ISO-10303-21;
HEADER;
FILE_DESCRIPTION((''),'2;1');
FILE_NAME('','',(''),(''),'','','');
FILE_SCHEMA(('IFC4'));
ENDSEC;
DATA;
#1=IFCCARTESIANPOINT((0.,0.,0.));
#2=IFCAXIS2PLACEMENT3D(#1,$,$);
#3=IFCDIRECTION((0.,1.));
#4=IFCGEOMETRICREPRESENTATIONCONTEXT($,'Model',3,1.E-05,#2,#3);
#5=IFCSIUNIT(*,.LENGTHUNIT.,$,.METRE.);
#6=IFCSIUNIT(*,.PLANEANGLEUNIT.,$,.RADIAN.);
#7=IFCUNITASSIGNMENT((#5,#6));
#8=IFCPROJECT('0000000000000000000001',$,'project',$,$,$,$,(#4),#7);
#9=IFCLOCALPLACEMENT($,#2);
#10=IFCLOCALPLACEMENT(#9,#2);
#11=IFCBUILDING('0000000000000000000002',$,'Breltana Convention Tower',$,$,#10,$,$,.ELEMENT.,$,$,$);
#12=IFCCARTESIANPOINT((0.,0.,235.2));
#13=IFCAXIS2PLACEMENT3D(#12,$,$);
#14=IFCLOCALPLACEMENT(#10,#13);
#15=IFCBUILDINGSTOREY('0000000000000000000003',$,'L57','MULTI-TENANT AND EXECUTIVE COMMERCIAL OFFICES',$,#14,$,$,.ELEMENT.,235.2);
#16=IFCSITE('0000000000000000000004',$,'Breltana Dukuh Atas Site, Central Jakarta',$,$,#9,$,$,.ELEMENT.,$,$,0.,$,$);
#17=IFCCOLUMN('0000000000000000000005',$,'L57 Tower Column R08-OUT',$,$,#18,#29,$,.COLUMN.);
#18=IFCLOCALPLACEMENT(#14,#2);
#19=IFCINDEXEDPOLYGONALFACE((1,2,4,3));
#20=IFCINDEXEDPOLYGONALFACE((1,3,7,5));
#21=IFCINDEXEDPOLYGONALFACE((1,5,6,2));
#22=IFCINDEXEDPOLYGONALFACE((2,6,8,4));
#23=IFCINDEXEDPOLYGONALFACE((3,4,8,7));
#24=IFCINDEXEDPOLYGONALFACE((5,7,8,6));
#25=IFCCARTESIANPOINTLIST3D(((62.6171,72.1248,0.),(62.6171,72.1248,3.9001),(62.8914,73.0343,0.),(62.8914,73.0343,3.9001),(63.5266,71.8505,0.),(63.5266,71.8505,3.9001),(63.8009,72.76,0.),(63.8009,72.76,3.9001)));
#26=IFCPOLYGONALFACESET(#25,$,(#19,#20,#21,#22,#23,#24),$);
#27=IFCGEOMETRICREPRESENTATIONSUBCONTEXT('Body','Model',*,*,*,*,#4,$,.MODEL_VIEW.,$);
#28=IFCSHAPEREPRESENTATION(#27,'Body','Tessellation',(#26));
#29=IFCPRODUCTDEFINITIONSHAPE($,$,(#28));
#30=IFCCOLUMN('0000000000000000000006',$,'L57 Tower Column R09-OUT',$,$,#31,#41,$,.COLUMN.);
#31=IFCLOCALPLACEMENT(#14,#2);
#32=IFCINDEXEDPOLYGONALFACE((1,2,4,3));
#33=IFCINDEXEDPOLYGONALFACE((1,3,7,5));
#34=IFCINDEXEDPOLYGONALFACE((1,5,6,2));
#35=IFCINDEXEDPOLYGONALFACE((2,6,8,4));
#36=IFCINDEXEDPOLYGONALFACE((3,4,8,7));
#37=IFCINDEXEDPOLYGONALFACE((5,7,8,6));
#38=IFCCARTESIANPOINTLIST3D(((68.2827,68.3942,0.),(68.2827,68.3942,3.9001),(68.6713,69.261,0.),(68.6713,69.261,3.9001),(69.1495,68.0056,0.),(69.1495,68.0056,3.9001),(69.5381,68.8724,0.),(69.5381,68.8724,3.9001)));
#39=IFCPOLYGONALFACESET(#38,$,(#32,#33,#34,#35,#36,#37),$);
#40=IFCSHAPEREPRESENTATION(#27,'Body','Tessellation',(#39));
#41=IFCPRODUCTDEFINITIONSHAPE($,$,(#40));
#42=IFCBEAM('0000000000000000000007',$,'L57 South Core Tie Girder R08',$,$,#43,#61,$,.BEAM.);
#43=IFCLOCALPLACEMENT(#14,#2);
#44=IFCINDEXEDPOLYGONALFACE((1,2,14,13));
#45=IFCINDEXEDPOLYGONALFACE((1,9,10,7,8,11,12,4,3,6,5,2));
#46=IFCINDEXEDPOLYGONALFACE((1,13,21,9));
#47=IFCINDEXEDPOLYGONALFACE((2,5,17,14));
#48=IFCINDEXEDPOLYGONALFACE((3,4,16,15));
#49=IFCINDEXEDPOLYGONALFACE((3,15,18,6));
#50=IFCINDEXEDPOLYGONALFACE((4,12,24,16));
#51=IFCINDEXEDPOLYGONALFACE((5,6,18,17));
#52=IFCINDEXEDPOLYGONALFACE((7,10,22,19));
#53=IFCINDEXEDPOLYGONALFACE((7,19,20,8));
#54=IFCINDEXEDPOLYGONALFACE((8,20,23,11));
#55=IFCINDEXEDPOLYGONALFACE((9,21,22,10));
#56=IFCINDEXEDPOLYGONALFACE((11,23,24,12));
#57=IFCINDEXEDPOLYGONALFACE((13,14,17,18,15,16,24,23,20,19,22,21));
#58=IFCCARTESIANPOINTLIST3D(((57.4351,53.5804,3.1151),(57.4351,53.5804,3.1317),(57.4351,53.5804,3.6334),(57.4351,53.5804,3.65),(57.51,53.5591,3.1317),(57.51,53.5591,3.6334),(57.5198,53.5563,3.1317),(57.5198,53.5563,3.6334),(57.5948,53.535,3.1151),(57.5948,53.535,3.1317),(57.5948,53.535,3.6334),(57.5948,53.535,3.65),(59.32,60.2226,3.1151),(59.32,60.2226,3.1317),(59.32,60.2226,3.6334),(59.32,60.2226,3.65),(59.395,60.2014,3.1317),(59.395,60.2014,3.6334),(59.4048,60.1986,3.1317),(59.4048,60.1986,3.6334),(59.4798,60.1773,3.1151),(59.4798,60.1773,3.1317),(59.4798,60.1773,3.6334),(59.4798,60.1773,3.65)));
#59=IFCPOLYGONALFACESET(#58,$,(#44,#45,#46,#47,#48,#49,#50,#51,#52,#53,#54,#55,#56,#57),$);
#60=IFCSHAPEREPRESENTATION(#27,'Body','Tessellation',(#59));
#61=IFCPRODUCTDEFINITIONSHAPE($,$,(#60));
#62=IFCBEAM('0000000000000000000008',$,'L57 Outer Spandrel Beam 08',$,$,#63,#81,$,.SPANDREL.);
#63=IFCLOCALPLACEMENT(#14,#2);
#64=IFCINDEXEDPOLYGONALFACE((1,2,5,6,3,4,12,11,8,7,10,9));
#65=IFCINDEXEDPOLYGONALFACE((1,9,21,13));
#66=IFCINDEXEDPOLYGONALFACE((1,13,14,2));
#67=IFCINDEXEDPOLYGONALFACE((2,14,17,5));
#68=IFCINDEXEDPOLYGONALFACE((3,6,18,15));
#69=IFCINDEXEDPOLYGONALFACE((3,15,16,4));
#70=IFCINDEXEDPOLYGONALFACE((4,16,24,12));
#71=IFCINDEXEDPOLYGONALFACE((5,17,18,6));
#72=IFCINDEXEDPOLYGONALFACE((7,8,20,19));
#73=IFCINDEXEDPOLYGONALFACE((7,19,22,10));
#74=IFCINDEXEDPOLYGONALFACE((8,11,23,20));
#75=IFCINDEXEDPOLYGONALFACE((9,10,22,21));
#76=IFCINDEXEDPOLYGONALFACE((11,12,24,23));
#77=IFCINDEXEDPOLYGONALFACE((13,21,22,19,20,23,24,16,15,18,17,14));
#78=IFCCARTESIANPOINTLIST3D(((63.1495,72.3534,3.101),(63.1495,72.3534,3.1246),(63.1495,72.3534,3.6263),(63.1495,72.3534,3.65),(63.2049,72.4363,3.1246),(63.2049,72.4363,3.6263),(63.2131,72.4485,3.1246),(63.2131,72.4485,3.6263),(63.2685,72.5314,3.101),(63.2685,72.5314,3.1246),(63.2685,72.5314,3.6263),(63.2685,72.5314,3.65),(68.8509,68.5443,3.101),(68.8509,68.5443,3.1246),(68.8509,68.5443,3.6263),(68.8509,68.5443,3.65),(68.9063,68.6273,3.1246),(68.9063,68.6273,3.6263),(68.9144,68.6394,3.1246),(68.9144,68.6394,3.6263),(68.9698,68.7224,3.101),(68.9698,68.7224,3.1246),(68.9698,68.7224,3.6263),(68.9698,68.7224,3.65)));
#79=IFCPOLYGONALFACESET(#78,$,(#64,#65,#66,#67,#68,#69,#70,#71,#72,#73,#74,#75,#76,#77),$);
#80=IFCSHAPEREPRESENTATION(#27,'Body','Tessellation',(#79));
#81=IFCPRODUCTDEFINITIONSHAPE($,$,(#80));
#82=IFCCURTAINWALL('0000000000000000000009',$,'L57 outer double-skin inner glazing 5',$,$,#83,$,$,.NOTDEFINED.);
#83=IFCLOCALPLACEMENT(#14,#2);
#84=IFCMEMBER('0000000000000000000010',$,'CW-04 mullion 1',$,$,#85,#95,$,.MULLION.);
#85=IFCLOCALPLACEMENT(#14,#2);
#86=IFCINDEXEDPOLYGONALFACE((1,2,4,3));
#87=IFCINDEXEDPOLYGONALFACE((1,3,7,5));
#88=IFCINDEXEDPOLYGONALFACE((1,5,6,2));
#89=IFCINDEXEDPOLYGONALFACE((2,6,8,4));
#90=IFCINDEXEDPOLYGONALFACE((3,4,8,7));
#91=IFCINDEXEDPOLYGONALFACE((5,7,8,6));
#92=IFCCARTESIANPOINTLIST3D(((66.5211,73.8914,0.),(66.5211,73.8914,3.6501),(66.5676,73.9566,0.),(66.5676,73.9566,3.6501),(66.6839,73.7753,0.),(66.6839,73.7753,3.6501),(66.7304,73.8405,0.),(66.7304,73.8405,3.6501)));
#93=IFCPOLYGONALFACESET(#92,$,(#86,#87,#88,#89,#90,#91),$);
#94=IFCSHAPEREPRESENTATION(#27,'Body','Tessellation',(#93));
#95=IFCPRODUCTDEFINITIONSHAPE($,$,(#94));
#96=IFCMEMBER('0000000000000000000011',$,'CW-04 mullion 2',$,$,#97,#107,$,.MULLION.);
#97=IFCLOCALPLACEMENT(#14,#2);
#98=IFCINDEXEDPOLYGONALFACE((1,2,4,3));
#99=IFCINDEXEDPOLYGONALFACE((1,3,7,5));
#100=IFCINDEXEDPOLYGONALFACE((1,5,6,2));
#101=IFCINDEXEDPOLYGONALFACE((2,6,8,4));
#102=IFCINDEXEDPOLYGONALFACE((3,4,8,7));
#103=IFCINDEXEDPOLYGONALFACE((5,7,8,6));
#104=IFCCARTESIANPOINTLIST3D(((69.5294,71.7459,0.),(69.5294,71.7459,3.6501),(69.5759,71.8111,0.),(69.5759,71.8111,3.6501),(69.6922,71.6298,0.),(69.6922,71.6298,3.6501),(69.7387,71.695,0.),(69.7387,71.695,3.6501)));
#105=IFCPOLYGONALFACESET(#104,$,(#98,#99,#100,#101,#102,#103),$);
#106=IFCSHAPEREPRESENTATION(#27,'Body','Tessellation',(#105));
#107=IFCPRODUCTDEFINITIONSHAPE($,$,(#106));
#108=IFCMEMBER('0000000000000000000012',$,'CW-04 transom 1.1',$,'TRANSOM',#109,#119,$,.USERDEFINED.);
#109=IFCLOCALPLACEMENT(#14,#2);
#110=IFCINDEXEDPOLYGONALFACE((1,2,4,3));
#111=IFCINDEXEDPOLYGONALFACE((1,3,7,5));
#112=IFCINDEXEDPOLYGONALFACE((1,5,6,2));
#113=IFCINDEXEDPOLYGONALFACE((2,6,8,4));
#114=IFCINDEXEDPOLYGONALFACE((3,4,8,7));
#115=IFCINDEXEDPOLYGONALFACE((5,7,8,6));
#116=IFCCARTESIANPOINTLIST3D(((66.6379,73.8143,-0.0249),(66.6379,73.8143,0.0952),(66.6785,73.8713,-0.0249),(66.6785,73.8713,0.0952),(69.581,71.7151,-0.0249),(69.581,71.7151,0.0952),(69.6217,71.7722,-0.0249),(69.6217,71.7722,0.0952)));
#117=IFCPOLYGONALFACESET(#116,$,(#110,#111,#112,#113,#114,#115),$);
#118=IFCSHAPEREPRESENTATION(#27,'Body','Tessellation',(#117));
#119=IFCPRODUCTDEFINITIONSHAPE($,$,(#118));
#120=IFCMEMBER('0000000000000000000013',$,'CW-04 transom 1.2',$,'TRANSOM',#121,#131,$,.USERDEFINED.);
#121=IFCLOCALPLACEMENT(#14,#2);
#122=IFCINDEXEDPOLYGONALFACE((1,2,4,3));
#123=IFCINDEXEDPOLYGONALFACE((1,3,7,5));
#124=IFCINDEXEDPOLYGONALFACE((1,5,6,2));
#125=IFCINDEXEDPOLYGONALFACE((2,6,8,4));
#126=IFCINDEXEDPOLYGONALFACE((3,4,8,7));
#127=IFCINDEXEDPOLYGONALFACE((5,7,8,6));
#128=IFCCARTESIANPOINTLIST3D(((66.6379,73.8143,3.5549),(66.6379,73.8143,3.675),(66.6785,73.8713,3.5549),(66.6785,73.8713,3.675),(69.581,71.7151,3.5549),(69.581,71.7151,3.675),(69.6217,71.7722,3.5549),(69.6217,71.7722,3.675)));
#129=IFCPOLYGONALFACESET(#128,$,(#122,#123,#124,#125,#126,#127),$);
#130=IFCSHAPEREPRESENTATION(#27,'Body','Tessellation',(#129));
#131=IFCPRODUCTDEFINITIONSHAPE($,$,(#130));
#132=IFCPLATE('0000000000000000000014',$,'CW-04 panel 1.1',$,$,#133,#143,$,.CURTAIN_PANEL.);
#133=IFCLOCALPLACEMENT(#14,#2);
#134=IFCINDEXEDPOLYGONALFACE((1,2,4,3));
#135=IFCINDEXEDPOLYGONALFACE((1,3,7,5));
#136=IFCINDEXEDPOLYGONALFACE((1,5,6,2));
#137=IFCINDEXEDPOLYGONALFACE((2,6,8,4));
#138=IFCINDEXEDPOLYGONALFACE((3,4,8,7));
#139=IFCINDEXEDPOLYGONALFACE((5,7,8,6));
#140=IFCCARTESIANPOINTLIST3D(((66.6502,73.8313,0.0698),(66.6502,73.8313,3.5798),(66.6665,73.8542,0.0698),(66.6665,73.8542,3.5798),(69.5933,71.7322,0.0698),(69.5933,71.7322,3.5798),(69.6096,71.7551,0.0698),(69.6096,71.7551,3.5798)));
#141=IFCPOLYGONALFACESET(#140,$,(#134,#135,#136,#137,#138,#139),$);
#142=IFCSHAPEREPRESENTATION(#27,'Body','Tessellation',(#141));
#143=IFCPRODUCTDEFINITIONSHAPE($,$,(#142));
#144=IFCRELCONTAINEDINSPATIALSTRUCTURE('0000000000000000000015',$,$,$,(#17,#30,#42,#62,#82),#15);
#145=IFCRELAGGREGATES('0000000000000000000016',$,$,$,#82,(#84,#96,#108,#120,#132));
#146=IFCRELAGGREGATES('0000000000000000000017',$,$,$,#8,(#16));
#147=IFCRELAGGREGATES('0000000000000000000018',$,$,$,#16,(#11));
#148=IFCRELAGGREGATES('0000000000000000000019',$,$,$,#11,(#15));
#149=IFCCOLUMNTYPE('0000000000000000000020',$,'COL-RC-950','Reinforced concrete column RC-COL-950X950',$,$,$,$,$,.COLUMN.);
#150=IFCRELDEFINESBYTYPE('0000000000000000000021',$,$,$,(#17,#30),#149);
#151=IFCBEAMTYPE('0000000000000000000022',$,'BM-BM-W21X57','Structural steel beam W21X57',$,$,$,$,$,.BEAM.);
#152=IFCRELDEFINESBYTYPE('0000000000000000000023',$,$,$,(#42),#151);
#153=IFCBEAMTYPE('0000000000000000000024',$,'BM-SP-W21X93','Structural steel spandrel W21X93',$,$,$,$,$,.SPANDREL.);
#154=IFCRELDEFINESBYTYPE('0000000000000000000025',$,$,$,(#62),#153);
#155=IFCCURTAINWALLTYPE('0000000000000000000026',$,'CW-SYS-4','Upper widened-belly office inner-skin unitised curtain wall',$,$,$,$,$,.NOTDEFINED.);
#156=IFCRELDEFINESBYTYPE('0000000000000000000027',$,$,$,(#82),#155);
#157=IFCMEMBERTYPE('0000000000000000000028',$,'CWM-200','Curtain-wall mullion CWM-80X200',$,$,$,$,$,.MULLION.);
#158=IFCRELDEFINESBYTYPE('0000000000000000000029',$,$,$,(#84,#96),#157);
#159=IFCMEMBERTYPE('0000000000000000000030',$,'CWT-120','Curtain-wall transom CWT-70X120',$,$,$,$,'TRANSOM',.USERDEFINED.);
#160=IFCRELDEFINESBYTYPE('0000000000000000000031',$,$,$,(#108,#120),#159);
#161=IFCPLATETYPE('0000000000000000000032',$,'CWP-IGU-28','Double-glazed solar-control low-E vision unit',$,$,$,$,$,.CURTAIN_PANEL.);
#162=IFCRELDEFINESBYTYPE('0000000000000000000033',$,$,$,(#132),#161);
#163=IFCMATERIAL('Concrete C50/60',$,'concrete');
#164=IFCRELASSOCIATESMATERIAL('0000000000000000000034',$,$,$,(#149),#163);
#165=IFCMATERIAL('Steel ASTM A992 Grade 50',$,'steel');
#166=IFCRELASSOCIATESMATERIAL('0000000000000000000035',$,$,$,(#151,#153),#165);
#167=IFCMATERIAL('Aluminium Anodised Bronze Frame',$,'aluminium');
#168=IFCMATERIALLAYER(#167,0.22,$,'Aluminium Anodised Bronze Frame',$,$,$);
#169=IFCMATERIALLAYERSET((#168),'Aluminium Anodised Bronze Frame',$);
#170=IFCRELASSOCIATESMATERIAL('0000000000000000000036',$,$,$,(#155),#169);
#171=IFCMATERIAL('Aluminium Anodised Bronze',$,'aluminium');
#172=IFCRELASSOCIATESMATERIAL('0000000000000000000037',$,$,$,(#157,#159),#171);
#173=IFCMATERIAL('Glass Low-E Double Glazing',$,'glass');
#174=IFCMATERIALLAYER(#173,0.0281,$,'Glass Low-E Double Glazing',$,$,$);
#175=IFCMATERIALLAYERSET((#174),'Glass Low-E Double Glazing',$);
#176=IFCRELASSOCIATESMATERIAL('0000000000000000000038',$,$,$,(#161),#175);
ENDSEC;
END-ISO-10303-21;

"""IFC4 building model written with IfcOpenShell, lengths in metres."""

from ifc_helpers import new_model, si_unit, direction, frame, origin, origin_2d, place, context, subcontext, project, spatial, rectangle, i_section, extrude, source, transform, mapped, material, layer, layer_set, material_profile, profile_set, type_object, type_shapes, element, aggregate, save


model = new_model("IFC4")

# Units and contexts
model_context = context("Model", 3, precision=1e-05, world=origin(), true_north=direction((0.0, 1.0)))
body_context = subcontext(model_context, "Body", "Model", "MODEL_VIEW")
ifc_project = project(units=[si_unit("LENGTHUNIT", "METRE"), si_unit("PLANEANGLEUNIT", "RADIAN")], contexts=[model_context])

# Site, building, storey
site_placement = place(None, origin())
site = spatial("IfcSite", under=ifc_project, at=site_placement, Name="Breltana Dukuh Atas Site, Central Jakarta", CompositionType="ELEMENT", RefElevation=0.0)
building_placement = place(site_placement, origin())
building = spatial("IfcBuilding", under=site, at=building_placement, Name="Breltana Convention Tower", CompositionType="ELEMENT")
storey_placement = place(building_placement, frame((0.0, 0.0, 235.2)))
storey = spatial("IfcBuildingStorey", under=building, at=storey_placement, Name="L57", Description="MULTI-TENANT AND EXECUTIVE COMMERCIAL OFFICES", CompositionType="ELEMENT", Elevation=235.2)

# Columns
ifc_material_1 = material(Name="Concrete C50/60", Category="concrete")
ifc_material_profile_1 = material_profile(ifc_material_1, rectangle(XDim=0.95, YDim=0.95, at=origin_2d()), Name="RC-COL-950X950")
ifc_profile_set_1 = profile_set([ifc_material_profile_1], Name="Concrete C50/60")
column_type = type_object("IfcColumnType", Name="COL-RC-950", Description="Reinforced concrete column RC-COL-950X950", PredefinedType="COLUMN", material=ifc_profile_set_1)
shared_shape_1 = source(origin(), body_context, "Body", "SweptSolid", [
    extrude(rectangle(XDim=0.95, YDim=0.95, at=origin_2d()), origin(), (0.0, 0.0, 1.0), 3.9001),
])
for number, where, z_axis, x_axis, name in (
    (1, (63.209, 72.4424, 0.0), (0.0, 0.0, 1.0), (0.288698, 0.95742, 0.0), "L57 Tower Column R08-OUT"),
    (2, (68.9104, 68.6333, 0.0), (0.0, 0.0, 1.0), (0.409127, 0.912477, 0.0), "L57 Tower Column R09-OUT"),
):
    element("IfcColumn", number, at=place(storey_placement, frame(where, z_axis=z_axis, x_axis=x_axis)), inside=storey, type_object=column_type, Name=name, PredefinedType="COLUMN", context=body_context, shape_type="MappedRepresentation", body=[
        mapped(shared_shape_1, transform((0.0, 0.0, 0.0), scale=1.0)),
    ])

# Beams
ifc_material_2 = material(Name="Steel ASTM A992 Grade 50", Category="steel")
ifc_material_profile_2 = material_profile(ifc_material_2, i_section(OverallWidth=0.166, OverallDepth=0.5349, WebThickness=0.0103, FlangeThickness=0.0166, at=origin_2d()), Name="W21X57")
ifc_profile_set_2 = profile_set([ifc_material_profile_2], Name="Steel ASTM A992 Grade 50")
beam_type_1 = type_object("IfcBeamType", Name="BM-BM-W21X57", Description="Structural steel beam W21X57", PredefinedType="BEAM", material=ifc_profile_set_2)
shared_shape_2 = source(origin(), body_context, "Body", "SweptSolid", [
    extrude(i_section(OverallWidth=0.166, OverallDepth=0.5349, WebThickness=0.0103, FlangeThickness=0.0166, at=origin_2d()), origin(), (0.0, 0.0, 1.0), 6.9045),
])
type_shapes(beam_type_1, [shared_shape_2])
beam_1_placement = place(storey_placement, frame((59.3999, 60.2, 3.3826), z_axis=(-0.273007, -0.962012, 0.0), x_axis=(0.962012, -0.273007, 0.0)))
element("IfcBeam", 3, at=beam_1_placement, inside=storey, type_object=beam_type_1, Name="L57 South Core Tie Girder R08", PredefinedType="BEAM", context=body_context, shape_type="MappedRepresentation", body=[
    mapped(shared_shape_2, transform((0.0, 0.0, 0.0), scale=1.0)),
])
ifc_material_profile_3 = material_profile(ifc_material_2, i_section(OverallWidth=0.2141, OverallDepth=0.5491, WebThickness=0.0146, FlangeThickness=0.0237, at=origin_2d()), Name="W21X93")
ifc_profile_set_3 = profile_set([ifc_material_profile_3], Name="Steel ASTM A992 Grade 50")
beam_type_2 = type_object("IfcBeamType", Name="BM-SP-W21X93", Description="Structural steel spandrel W21X93", PredefinedType="SPANDREL", material=ifc_profile_set_3)
shared_shape_3 = source(origin(), body_context, "Body", "SweptSolid", [
    extrude(i_section(OverallWidth=0.2141, OverallDepth=0.5491, WebThickness=0.0146, FlangeThickness=0.0237, at=origin_2d()), origin(), (0.0, 0.0, 1.0), 6.8567),
])
beam_2_placement = place(storey_placement, frame((63.209, 72.4424, 3.3755), z_axis=(0.831502, -0.555522, 0.0), x_axis=(0.555522, 0.831502, 0.0)))
element("IfcBeam", 4, at=beam_2_placement, inside=storey, type_object=beam_type_2, Name="L57 Outer Spandrel Beam 08", PredefinedType="SPANDREL", context=body_context, shape_type="MappedRepresentation", body=[
    mapped(shared_shape_3, transform((0.0, 0.0, 0.0), scale=1.0)),
])

# Curtain wall, members, plate
ifc_material_3 = material(Name="Aluminium Anodised Bronze Frame", Category="aluminium")
ifc_layer_1 = layer(ifc_material_3, 0.22, Name="Aluminium Anodised Bronze Frame")
ifc_layer_set_1 = layer_set([ifc_layer_1], Name="Aluminium Anodised Bronze Frame")
curtain_wall_type = type_object("IfcCurtainWallType", Name="CW-SYS-4", Description="Upper widened-belly office inner-skin unitised curtain wall", PredefinedType="NOTDEFINED", material=ifc_layer_set_1)
curtain_wall_placement = place(storey_placement, origin())
curtain_wall = element("IfcCurtainWall", 5, at=curtain_wall_placement, inside=storey, type_object=curtain_wall_type, Name="L57 outer double-skin inner glazing 5", PredefinedType="NOTDEFINED")
ifc_material_4 = material(Name="Aluminium Anodised Bronze", Category="aluminium")
ifc_material_profile_4 = material_profile(ifc_material_4, rectangle(XDim=0.0801, YDim=0.2, at=origin_2d()), Name="CWM-80X200")
ifc_profile_set_4 = profile_set([ifc_material_profile_4], Name="Aluminium Anodised Bronze")
member_type_1 = type_object("IfcMemberType", Name="CWM-200", Description="Curtain-wall mullion CWM-80X200", PredefinedType="MULLION", material=ifc_profile_set_4)
shared_shape_4 = source(origin(), body_context, "Body", "SweptSolid", [
    extrude(rectangle(XDim=0.0801, YDim=0.2, at=origin_2d()), origin(), (0.0, 0.0, 1.0), 3.6501),
])
member_1_placement = place(storey_placement, frame((66.6257, 73.866, 0.0), z_axis=(0.0, 0.0, 1.0), x_axis=(0.580662, 0.814145, 0.0)))
member_1 = element("IfcMember", 6, at=member_1_placement, type_object=member_type_1, Name="CW-04 mullion 1", PredefinedType="MULLION", context=body_context, shape_type="MappedRepresentation", body=[
    mapped(shared_shape_4, transform((0.0, 0.0, 0.0), scale=1.0)),
])
member_2_placement = place(storey_placement, frame((69.634, 71.7205, 0.0), z_axis=(0.0, 0.0, 1.0), x_axis=(0.580662, 0.814145, 0.0)))
member_2 = element("IfcMember", 7, at=member_2_placement, type_object=member_type_1, Name="CW-04 mullion 2", PredefinedType="MULLION", context=body_context, shape_type="MappedRepresentation", body=[
    mapped(shared_shape_4, transform((0.0, 0.0, 0.0), scale=1.0)),
])
ifc_material_profile_5 = material_profile(ifc_material_4, rectangle(XDim=0.0701, YDim=0.1201, at=origin_2d()), Name="CWT-70X120")
ifc_profile_set_5 = profile_set([ifc_material_profile_5], Name="Aluminium Anodised Bronze")
member_type_2 = type_object("IfcMemberType", Name="CWT-120", Description="Curtain-wall transom CWT-70X120", ElementType="TRANSOM", PredefinedType="USERDEFINED", material=ifc_profile_set_5)
shared_shape_5 = source(origin(), body_context, "Body", "SweptSolid", [
    extrude(rectangle(XDim=0.0701, YDim=0.1201, at=origin_2d()), origin(), (0.0, 0.0, 1.0), 3.615),
])
member_3_placement = place(storey_placement, frame((66.6582, 73.8428, 0.0352), z_axis=(0.814139, -0.580669, 0.0), x_axis=(0.580669, 0.814139, 0.0)))
member_3 = element("IfcMember", 8, at=member_3_placement, type_object=member_type_2, Name="CW-04 transom 1.1", ObjectType="TRANSOM", PredefinedType="USERDEFINED", context=body_context, shape_type="MappedRepresentation", body=[
    mapped(shared_shape_5, transform((0.0, 0.0, 0.0), scale=1.0)),
])
member_4_placement = place(storey_placement, frame((66.6582, 73.8428, 3.615), z_axis=(0.814139, -0.580669, 0.0), x_axis=(0.580669, 0.814139, 0.0)))
member_4 = element("IfcMember", 9, at=member_4_placement, type_object=member_type_2, Name="CW-04 transom 1.2", ObjectType="TRANSOM", PredefinedType="USERDEFINED", context=body_context, shape_type="MappedRepresentation", body=[
    mapped(shared_shape_5, transform((0.0, 0.0, 0.0), scale=1.0)),
])
ifc_material_5 = material(Name="Glass Low-E Double Glazing", Category="glass")
ifc_layer_2 = layer(ifc_material_5, 0.0281, Name="Glass Low-E Double Glazing")
ifc_layer_set_2 = layer_set([ifc_layer_2], Name="Glass Low-E Double Glazing")
plate_type = type_object("IfcPlateType", Name="CWP-IGU-28", Description="Double-glazed solar-control low-E vision unit", PredefinedType="CURTAIN_PANEL", material=ifc_layer_set_2)
shared_shape_6 = source(origin(), body_context, "Body", "SweptSolid", [
    extrude(rectangle(XDim=3.615, YDim=0.0281, at=origin_2d()), origin(), (0.0, 0.0, 1.0), 3.51),
])
plate_placement = place(storey_placement, frame((68.1299, 72.7932, 0.0698), z_axis=(0.0, 0.0, 1.0), x_axis=(0.814145, -0.580662, 0.0)))
plate = element("IfcPlate", 10, at=plate_placement, type_object=plate_type, Name="CW-04 panel 1.1", PredefinedType="CURTAIN_PANEL", context=body_context, shape_type="MappedRepresentation", body=[
    mapped(shared_shape_6, transform((0.0, 0.0, 0.0), scale=1.0)),
])
aggregate(curtain_wall, [member_1, member_2, member_3, member_4, plate])

save(model, "model.ifc")
